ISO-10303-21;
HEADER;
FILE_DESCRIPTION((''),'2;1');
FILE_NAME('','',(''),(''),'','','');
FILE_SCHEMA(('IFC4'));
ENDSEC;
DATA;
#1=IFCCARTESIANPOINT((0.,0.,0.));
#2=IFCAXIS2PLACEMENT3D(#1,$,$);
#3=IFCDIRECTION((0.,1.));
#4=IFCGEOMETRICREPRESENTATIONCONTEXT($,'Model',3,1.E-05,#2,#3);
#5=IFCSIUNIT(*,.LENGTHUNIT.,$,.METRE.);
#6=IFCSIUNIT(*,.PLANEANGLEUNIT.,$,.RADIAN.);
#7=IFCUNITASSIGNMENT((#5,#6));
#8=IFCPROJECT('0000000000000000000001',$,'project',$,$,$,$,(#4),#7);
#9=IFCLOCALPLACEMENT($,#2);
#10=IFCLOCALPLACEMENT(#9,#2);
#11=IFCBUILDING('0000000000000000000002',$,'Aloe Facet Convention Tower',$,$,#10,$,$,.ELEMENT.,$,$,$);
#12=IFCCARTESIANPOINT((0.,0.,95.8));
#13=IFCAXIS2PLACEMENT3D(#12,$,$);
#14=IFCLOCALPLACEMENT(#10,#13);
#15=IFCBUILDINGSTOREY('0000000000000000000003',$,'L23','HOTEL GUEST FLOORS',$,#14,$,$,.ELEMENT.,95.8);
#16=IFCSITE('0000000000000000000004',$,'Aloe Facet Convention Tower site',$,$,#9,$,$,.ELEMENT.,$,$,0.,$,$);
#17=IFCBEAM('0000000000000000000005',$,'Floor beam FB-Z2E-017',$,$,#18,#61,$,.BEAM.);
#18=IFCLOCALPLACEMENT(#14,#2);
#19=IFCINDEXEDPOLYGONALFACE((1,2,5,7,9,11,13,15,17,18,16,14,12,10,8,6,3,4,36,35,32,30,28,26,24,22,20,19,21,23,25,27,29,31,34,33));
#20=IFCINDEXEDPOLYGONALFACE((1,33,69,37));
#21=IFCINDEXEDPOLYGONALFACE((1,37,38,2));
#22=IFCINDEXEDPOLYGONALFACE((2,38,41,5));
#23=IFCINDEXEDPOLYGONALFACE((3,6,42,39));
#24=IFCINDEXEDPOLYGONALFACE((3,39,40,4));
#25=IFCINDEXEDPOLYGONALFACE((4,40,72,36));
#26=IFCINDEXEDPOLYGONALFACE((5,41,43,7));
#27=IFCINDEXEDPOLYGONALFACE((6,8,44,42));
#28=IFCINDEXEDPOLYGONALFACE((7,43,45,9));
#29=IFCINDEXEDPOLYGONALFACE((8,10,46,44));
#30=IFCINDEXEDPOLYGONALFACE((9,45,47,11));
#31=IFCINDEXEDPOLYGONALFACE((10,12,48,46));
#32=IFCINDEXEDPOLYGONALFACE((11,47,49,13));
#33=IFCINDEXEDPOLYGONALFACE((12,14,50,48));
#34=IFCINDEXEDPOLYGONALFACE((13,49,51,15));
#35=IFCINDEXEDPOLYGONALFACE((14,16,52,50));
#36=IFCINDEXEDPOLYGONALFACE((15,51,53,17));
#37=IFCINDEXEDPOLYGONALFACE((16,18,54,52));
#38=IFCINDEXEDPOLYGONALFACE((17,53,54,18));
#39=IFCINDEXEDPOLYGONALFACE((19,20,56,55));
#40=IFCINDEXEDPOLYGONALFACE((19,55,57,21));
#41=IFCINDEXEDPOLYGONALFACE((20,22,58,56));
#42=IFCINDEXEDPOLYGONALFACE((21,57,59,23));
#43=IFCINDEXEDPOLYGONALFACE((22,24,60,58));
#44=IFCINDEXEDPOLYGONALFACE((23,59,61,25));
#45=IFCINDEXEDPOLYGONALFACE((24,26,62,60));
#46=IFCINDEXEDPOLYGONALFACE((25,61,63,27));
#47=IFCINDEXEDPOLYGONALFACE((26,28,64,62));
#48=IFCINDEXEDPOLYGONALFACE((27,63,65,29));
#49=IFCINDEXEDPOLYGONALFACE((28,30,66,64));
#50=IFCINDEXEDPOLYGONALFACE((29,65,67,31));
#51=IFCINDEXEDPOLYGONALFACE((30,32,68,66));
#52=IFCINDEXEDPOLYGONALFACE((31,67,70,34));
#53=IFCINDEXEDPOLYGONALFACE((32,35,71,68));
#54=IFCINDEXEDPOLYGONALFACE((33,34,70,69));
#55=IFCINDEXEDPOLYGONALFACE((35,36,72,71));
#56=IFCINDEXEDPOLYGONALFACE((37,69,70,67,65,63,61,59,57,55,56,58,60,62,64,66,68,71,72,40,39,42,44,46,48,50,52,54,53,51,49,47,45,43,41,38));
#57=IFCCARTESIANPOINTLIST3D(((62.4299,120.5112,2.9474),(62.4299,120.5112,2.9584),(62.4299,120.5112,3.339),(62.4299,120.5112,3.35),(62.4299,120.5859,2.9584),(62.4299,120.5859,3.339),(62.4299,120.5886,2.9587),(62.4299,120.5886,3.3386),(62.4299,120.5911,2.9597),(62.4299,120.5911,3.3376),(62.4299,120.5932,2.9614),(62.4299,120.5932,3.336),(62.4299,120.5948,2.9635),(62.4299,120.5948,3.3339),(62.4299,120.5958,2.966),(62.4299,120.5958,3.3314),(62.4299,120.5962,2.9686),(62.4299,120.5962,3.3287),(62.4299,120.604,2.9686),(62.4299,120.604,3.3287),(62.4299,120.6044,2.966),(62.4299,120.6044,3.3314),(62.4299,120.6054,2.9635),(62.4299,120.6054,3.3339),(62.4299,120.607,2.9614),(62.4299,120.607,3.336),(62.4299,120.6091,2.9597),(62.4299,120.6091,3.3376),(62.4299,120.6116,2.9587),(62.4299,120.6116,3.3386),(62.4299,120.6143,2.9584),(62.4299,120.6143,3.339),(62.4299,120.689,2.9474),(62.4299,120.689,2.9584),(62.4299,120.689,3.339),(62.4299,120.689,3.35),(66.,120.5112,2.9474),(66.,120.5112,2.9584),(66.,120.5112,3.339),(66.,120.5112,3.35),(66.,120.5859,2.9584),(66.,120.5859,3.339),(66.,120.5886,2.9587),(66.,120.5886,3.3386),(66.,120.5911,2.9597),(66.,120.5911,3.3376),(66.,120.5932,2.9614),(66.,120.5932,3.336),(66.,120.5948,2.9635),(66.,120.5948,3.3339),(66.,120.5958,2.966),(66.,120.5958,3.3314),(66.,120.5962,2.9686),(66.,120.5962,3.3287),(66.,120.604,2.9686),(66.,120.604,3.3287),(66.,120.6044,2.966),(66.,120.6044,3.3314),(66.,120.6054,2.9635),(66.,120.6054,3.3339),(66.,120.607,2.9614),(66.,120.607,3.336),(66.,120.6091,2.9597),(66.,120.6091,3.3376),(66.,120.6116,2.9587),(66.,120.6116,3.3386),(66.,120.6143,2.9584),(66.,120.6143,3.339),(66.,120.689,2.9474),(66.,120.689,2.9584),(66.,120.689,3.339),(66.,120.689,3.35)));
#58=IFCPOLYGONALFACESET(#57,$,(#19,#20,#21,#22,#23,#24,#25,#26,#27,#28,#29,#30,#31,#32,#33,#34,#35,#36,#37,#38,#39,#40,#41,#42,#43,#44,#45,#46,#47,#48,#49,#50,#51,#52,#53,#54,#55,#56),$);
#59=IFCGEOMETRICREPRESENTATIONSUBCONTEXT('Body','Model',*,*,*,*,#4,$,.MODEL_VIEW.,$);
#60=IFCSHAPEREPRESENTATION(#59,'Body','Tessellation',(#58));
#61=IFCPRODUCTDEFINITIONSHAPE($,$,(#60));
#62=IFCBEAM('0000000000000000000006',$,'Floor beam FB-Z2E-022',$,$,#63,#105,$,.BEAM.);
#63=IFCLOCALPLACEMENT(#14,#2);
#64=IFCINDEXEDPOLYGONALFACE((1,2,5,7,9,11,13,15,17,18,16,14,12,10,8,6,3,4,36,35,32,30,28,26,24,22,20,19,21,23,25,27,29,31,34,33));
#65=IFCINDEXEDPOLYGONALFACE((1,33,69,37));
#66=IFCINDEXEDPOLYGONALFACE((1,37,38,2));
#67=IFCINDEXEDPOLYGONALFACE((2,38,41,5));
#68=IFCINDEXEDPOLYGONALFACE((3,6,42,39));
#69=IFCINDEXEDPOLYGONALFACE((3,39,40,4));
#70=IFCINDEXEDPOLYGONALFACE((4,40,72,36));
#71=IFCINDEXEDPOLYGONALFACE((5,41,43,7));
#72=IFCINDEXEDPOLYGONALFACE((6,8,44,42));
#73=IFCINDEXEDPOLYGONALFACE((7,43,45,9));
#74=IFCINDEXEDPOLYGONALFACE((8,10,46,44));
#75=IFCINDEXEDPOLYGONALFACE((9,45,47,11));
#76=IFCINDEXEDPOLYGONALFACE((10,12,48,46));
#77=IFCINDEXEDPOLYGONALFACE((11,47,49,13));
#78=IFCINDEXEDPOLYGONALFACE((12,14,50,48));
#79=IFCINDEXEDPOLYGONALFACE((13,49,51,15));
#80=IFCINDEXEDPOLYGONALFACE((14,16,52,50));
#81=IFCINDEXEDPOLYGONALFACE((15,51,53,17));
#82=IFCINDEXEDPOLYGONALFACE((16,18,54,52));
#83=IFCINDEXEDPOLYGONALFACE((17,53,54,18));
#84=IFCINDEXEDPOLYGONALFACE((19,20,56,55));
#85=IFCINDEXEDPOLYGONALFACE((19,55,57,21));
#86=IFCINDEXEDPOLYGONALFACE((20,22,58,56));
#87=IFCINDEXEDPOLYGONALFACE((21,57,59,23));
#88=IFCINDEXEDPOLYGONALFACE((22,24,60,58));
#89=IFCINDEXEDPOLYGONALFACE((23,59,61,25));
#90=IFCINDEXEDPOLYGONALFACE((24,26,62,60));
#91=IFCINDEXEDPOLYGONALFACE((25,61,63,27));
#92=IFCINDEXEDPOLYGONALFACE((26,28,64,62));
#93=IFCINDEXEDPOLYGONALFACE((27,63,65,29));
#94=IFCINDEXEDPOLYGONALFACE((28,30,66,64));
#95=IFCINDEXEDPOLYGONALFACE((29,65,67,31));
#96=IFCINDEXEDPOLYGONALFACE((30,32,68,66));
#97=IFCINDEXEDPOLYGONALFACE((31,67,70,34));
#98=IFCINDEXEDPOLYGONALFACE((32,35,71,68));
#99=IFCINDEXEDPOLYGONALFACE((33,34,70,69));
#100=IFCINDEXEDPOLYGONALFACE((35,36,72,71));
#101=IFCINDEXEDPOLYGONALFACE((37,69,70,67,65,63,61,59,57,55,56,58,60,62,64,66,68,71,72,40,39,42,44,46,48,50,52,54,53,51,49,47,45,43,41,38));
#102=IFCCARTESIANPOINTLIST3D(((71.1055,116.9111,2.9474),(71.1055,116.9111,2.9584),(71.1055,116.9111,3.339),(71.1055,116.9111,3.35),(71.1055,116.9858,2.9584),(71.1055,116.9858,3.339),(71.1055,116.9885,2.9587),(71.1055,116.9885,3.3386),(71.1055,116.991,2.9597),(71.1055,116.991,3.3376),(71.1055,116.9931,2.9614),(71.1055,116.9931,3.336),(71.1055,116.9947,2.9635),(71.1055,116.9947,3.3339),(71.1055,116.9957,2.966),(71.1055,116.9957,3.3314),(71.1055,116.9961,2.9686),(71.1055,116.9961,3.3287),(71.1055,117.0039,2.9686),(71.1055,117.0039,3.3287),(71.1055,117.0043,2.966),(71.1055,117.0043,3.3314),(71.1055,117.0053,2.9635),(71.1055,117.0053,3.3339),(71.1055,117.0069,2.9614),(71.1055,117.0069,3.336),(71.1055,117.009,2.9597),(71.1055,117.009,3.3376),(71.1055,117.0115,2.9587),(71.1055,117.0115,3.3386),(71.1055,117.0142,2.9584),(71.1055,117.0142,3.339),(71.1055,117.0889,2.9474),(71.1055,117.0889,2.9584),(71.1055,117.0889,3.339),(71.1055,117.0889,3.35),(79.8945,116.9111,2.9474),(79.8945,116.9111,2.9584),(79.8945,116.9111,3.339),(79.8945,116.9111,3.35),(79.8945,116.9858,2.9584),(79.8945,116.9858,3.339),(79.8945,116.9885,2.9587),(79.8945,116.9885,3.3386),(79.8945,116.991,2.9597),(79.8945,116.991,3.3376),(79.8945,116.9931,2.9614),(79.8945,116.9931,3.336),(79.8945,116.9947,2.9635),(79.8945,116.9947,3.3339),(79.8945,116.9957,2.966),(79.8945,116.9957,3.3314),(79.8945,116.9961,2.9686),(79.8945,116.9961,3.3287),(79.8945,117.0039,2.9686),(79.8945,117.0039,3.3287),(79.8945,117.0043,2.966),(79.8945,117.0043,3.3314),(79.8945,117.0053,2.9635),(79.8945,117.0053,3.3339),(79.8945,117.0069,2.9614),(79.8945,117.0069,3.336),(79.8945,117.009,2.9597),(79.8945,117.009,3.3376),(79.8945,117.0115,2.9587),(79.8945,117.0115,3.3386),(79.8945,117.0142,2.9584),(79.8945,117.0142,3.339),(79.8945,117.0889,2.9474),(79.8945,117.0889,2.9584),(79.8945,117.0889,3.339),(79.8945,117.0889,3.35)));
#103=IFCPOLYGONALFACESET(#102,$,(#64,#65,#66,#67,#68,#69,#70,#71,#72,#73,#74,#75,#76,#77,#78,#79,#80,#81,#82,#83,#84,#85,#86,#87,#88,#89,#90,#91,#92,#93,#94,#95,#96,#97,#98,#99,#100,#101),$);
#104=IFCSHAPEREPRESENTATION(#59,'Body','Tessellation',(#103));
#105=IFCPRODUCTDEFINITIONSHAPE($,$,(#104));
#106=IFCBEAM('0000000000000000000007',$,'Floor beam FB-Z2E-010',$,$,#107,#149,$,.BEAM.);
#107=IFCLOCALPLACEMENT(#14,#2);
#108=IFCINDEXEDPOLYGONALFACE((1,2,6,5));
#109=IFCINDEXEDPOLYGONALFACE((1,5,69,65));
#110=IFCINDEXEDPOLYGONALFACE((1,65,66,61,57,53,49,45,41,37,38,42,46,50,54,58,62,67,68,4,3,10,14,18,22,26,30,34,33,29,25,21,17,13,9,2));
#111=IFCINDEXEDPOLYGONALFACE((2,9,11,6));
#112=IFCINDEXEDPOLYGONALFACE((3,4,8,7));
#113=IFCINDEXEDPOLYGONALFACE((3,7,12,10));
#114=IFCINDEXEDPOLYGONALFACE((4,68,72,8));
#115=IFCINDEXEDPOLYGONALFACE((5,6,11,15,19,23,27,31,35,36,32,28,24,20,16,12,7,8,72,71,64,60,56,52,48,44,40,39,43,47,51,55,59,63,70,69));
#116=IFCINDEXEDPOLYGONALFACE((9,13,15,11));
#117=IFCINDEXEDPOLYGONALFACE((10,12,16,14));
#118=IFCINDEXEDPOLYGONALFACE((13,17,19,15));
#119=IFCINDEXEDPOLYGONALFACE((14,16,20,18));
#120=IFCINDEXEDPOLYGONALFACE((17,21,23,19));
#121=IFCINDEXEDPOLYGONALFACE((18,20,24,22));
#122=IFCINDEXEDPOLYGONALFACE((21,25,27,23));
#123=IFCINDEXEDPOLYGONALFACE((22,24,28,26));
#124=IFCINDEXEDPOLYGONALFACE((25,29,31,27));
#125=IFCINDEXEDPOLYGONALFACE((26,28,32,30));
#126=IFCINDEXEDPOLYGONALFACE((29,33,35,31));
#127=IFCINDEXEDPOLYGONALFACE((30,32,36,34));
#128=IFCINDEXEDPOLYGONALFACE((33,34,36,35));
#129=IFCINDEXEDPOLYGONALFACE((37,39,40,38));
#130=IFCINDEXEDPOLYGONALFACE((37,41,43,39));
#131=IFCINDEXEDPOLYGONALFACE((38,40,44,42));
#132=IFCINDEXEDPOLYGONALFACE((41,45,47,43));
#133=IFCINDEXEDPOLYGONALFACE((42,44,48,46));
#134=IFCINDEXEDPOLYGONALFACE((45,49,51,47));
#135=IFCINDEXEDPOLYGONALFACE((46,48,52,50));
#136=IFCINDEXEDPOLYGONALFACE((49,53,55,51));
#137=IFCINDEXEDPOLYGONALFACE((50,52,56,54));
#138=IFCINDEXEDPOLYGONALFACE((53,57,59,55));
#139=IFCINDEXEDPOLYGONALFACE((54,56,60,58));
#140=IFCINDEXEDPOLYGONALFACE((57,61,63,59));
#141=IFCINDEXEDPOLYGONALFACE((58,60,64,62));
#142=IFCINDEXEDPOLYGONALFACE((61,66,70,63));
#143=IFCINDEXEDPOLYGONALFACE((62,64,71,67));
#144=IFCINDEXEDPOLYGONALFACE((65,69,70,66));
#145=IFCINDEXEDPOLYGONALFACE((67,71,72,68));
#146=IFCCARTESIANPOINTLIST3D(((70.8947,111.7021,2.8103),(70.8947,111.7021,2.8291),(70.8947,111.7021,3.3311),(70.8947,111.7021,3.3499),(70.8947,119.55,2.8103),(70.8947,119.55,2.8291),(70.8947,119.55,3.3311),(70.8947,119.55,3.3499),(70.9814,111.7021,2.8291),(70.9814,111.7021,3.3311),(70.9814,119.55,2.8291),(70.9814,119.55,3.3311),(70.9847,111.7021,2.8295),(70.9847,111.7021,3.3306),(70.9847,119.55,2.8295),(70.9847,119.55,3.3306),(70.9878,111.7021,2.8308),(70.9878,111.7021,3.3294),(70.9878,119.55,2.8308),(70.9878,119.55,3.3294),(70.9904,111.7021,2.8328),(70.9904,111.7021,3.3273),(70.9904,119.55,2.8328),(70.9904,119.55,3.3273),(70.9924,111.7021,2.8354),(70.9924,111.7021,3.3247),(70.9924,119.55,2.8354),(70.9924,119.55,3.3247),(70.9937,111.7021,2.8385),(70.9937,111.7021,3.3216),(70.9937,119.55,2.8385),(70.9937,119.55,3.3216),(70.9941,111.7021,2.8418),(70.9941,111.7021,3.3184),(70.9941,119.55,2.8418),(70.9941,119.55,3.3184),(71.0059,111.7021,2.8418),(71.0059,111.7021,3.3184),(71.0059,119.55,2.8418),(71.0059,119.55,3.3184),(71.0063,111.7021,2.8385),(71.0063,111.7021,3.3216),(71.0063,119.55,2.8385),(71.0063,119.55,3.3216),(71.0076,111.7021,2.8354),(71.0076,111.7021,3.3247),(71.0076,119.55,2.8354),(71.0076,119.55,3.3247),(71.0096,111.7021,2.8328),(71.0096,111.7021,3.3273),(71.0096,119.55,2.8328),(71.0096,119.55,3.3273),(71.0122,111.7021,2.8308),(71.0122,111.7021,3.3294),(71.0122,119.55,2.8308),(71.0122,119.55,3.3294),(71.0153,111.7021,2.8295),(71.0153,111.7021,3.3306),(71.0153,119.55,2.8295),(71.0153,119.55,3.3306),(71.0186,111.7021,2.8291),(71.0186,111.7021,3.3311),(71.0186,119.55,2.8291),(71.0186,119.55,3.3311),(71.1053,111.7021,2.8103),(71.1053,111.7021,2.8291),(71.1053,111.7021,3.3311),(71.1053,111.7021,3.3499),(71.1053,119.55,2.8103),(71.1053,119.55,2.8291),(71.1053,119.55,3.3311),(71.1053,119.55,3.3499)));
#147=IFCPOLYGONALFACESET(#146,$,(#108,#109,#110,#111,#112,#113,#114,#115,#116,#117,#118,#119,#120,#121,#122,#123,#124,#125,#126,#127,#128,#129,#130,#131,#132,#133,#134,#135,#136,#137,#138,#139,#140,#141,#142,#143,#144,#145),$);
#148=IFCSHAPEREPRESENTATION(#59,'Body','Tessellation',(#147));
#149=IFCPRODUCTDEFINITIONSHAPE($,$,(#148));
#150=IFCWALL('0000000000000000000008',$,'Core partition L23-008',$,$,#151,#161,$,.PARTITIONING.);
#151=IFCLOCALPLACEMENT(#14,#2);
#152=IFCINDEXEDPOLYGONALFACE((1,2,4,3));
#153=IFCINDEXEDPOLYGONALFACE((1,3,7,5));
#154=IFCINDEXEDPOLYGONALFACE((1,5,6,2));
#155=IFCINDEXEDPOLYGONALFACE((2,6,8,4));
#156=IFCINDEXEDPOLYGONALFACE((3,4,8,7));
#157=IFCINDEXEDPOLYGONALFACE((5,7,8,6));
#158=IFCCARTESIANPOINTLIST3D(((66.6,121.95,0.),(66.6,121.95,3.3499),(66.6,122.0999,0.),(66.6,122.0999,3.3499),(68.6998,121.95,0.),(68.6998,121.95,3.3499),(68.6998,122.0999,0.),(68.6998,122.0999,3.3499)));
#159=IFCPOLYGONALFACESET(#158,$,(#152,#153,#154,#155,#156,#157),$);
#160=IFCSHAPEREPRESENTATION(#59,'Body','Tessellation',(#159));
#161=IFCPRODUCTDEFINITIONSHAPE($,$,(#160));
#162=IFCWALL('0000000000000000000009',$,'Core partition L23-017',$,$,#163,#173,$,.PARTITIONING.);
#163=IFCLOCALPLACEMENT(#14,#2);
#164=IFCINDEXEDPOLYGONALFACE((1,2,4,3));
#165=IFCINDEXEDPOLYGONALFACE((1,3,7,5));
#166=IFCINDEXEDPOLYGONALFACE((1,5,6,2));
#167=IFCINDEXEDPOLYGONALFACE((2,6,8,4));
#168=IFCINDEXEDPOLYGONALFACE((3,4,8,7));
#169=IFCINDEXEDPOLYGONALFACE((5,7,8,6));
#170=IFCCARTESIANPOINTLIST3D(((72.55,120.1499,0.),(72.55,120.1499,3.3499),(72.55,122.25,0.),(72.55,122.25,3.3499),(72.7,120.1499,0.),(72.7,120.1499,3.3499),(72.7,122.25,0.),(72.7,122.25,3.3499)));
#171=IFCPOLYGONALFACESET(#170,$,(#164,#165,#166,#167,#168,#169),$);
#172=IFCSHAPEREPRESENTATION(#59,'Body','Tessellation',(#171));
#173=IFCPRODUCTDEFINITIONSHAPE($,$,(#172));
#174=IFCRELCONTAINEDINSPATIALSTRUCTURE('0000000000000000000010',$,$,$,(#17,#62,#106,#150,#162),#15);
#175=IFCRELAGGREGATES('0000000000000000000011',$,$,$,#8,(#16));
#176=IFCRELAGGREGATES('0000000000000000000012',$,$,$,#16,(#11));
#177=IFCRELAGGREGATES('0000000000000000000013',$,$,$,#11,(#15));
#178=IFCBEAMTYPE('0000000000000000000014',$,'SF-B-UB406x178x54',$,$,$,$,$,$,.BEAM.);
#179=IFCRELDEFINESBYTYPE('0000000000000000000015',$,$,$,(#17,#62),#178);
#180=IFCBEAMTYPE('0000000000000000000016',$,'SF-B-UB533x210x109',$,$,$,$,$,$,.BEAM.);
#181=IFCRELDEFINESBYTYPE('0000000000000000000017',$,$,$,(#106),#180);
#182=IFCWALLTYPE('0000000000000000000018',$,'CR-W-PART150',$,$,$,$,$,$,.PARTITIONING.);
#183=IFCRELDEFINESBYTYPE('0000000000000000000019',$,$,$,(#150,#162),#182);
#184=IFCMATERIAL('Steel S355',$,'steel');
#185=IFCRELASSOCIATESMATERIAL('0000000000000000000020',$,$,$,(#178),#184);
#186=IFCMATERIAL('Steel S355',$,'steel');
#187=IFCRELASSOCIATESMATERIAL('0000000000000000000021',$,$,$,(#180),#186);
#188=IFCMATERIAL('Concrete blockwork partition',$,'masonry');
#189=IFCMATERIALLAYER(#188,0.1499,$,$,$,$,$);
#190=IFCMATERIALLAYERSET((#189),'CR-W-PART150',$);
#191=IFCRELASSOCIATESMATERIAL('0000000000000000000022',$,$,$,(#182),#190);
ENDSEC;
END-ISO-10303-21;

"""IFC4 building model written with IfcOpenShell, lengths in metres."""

from ifc_helpers import new_model, si_unit, direction, frame, frame_2d, origin, origin_2d, place, context, subcontext, project, spatial, rectangle, i_section, extrude, material, layer, layer_set, material_profile, profile_set, type_object, element, save


model = new_model("IFC4")

# Units and contexts
model_context = context("Model", 3, precision=1e-05, world=origin(), true_north=direction((0.0, 1.0)))
body_context = subcontext(model_context, "Body", "Model", "MODEL_VIEW")
ifc_project = project(units=[si_unit("LENGTHUNIT", "METRE"), si_unit("PLANEANGLEUNIT", "RADIAN")], contexts=[model_context])

# Site, building, storey
site_placement = place(None, origin())
site = spatial("IfcSite", under=ifc_project, at=site_placement, Name="Aloe Facet Convention Tower site", CompositionType="ELEMENT", RefElevation=0.0)
building_placement = place(site_placement, origin())
building = spatial("IfcBuilding", under=site, at=building_placement, Name="Aloe Facet Convention Tower", CompositionType="ELEMENT")
storey_placement = place(building_placement, frame((0.0, 0.0, 95.8)))
storey = spatial("IfcBuildingStorey", under=building, at=storey_placement, Name="L23", Description="HOTEL GUEST FLOORS", CompositionType="ELEMENT", Elevation=95.8)

# Beams
ifc_material_1 = material(Name="Steel S355", Category="steel")
ifc_material_profile_1 = material_profile(ifc_material_1, i_section(OverallWidth=0.1777, OverallDepth=0.4026, WebThickness=0.0078, FlangeThickness=0.011, FilletRadius=0.0103, at=origin_2d()), Name="UB 406x178x54")
ifc_profile_set_1 = profile_set([ifc_material_profile_1], Name="Steel S355")
beam_type_1 = type_object("IfcBeamType", Name="SF-B-UB406x178x54", PredefinedType="BEAM", material=ifc_profile_set_1)
beam_1_placement = place(storey_placement, frame((62.4299, 120.6001, 3.1487), z_axis=(1.0, 0.0, 0.0), x_axis=(0.0, 1.0, 0.0)))
element("IfcBeam", 1, at=beam_1_placement, inside=storey, type_object=beam_type_1, Name="Floor beam FB-Z2E-017", PredefinedType="BEAM", context=body_context, shape_type="SweptSolid", body=[
    extrude(i_section(OverallWidth=0.1777, OverallDepth=0.4026, WebThickness=0.0078, FlangeThickness=0.011, FilletRadius=0.0103, at=origin_2d()), origin(), (0.0, 0.0, 1.0), 3.5701),
])
beam_2_placement = place(storey_placement, frame((71.1055, 117.0, 3.1487), z_axis=(1.0, 0.0, 0.0), x_axis=(0.0, 1.0, 0.0)))
element("IfcBeam", 2, at=beam_2_placement, inside=storey, type_object=beam_type_1, Name="Floor beam FB-Z2E-022", PredefinedType="BEAM", context=body_context, shape_type="SweptSolid", body=[
    extrude(i_section(OverallWidth=0.1777, OverallDepth=0.4026, WebThickness=0.0078, FlangeThickness=0.011, FilletRadius=0.0103, at=origin_2d()), origin(), (0.0, 0.0, 1.0), 8.7891),
])
ifc_material_2 = material(Name="Steel S355", Category="steel")
ifc_material_profile_2 = material_profile(ifc_material_2, i_section(OverallWidth=0.2107, OverallDepth=0.5396, WebThickness=0.0117, FlangeThickness=0.0188, FilletRadius=0.0127, at=origin_2d()), Name="UB 533x210x109")
ifc_profile_set_2 = profile_set([ifc_material_profile_2], Name="Steel S355")
beam_type_2 = type_object("IfcBeamType", Name="SF-B-UB533x210x109", PredefinedType="BEAM", material=ifc_profile_set_2)
beam_3_placement = place(storey_placement, frame((71.0, 119.55, 3.0801), z_axis=(0.0, -1.0, 0.0), x_axis=(1.0, 0.0, 0.0)))
element("IfcBeam", 3, at=beam_3_placement, inside=storey, type_object=beam_type_2, Name="Floor beam FB-Z2E-010", PredefinedType="BEAM", context=body_context, shape_type="SweptSolid", body=[
    extrude(i_section(OverallWidth=0.2107, OverallDepth=0.5396, WebThickness=0.0117, FlangeThickness=0.0188, FilletRadius=0.0127, at=origin_2d()), origin(), (0.0, 0.0, 1.0), 7.8479),
])

# Walls
ifc_material_3 = material(Name="Concrete blockwork partition", Category="masonry")
ifc_layer_1 = layer(ifc_material_3, 0.1499)
ifc_layer_set_1 = layer_set([ifc_layer_1], Name="CR-W-PART150")
wall_type_1 = type_object("IfcWallType", Name="CR-W-PART150", PredefinedType="PARTITIONING", material=ifc_layer_set_1)
wall_1_placement = place(storey_placement, frame((66.6001, 122.0249, 0.0), z_axis=(0.0, 0.0, 1.0), x_axis=(1.0, 0.0, 0.0)))
element("IfcWall", 4, at=wall_1_placement, inside=storey, type_object=wall_type_1, Name="Core partition L23-008", PredefinedType="PARTITIONING", context=body_context, shape_type="SweptSolid", body=[
    extrude(rectangle(XDim=2.0999, YDim=0.1499, at=frame_2d((1.0498, 0.0))), origin(), (0.0, 0.0, 1.0), 3.3499),
])
wall_2_placement = place(storey_placement, frame((72.625, 122.25, 0.0), z_axis=(0.0, 0.0, 1.0), x_axis=(0.0, -1.0, 0.0)))
element("IfcWall", 5, at=wall_2_placement, inside=storey, type_object=wall_type_1, Name="Core partition L23-017", PredefinedType="PARTITIONING", context=body_context, shape_type="SweptSolid", body=[
    extrude(rectangle(XDim=2.1001, YDim=0.1499, at=frame_2d((1.05, 0.0))), origin(), (0.0, 0.0, 1.0), 3.3499),
])

save(model, "model.ifc")
